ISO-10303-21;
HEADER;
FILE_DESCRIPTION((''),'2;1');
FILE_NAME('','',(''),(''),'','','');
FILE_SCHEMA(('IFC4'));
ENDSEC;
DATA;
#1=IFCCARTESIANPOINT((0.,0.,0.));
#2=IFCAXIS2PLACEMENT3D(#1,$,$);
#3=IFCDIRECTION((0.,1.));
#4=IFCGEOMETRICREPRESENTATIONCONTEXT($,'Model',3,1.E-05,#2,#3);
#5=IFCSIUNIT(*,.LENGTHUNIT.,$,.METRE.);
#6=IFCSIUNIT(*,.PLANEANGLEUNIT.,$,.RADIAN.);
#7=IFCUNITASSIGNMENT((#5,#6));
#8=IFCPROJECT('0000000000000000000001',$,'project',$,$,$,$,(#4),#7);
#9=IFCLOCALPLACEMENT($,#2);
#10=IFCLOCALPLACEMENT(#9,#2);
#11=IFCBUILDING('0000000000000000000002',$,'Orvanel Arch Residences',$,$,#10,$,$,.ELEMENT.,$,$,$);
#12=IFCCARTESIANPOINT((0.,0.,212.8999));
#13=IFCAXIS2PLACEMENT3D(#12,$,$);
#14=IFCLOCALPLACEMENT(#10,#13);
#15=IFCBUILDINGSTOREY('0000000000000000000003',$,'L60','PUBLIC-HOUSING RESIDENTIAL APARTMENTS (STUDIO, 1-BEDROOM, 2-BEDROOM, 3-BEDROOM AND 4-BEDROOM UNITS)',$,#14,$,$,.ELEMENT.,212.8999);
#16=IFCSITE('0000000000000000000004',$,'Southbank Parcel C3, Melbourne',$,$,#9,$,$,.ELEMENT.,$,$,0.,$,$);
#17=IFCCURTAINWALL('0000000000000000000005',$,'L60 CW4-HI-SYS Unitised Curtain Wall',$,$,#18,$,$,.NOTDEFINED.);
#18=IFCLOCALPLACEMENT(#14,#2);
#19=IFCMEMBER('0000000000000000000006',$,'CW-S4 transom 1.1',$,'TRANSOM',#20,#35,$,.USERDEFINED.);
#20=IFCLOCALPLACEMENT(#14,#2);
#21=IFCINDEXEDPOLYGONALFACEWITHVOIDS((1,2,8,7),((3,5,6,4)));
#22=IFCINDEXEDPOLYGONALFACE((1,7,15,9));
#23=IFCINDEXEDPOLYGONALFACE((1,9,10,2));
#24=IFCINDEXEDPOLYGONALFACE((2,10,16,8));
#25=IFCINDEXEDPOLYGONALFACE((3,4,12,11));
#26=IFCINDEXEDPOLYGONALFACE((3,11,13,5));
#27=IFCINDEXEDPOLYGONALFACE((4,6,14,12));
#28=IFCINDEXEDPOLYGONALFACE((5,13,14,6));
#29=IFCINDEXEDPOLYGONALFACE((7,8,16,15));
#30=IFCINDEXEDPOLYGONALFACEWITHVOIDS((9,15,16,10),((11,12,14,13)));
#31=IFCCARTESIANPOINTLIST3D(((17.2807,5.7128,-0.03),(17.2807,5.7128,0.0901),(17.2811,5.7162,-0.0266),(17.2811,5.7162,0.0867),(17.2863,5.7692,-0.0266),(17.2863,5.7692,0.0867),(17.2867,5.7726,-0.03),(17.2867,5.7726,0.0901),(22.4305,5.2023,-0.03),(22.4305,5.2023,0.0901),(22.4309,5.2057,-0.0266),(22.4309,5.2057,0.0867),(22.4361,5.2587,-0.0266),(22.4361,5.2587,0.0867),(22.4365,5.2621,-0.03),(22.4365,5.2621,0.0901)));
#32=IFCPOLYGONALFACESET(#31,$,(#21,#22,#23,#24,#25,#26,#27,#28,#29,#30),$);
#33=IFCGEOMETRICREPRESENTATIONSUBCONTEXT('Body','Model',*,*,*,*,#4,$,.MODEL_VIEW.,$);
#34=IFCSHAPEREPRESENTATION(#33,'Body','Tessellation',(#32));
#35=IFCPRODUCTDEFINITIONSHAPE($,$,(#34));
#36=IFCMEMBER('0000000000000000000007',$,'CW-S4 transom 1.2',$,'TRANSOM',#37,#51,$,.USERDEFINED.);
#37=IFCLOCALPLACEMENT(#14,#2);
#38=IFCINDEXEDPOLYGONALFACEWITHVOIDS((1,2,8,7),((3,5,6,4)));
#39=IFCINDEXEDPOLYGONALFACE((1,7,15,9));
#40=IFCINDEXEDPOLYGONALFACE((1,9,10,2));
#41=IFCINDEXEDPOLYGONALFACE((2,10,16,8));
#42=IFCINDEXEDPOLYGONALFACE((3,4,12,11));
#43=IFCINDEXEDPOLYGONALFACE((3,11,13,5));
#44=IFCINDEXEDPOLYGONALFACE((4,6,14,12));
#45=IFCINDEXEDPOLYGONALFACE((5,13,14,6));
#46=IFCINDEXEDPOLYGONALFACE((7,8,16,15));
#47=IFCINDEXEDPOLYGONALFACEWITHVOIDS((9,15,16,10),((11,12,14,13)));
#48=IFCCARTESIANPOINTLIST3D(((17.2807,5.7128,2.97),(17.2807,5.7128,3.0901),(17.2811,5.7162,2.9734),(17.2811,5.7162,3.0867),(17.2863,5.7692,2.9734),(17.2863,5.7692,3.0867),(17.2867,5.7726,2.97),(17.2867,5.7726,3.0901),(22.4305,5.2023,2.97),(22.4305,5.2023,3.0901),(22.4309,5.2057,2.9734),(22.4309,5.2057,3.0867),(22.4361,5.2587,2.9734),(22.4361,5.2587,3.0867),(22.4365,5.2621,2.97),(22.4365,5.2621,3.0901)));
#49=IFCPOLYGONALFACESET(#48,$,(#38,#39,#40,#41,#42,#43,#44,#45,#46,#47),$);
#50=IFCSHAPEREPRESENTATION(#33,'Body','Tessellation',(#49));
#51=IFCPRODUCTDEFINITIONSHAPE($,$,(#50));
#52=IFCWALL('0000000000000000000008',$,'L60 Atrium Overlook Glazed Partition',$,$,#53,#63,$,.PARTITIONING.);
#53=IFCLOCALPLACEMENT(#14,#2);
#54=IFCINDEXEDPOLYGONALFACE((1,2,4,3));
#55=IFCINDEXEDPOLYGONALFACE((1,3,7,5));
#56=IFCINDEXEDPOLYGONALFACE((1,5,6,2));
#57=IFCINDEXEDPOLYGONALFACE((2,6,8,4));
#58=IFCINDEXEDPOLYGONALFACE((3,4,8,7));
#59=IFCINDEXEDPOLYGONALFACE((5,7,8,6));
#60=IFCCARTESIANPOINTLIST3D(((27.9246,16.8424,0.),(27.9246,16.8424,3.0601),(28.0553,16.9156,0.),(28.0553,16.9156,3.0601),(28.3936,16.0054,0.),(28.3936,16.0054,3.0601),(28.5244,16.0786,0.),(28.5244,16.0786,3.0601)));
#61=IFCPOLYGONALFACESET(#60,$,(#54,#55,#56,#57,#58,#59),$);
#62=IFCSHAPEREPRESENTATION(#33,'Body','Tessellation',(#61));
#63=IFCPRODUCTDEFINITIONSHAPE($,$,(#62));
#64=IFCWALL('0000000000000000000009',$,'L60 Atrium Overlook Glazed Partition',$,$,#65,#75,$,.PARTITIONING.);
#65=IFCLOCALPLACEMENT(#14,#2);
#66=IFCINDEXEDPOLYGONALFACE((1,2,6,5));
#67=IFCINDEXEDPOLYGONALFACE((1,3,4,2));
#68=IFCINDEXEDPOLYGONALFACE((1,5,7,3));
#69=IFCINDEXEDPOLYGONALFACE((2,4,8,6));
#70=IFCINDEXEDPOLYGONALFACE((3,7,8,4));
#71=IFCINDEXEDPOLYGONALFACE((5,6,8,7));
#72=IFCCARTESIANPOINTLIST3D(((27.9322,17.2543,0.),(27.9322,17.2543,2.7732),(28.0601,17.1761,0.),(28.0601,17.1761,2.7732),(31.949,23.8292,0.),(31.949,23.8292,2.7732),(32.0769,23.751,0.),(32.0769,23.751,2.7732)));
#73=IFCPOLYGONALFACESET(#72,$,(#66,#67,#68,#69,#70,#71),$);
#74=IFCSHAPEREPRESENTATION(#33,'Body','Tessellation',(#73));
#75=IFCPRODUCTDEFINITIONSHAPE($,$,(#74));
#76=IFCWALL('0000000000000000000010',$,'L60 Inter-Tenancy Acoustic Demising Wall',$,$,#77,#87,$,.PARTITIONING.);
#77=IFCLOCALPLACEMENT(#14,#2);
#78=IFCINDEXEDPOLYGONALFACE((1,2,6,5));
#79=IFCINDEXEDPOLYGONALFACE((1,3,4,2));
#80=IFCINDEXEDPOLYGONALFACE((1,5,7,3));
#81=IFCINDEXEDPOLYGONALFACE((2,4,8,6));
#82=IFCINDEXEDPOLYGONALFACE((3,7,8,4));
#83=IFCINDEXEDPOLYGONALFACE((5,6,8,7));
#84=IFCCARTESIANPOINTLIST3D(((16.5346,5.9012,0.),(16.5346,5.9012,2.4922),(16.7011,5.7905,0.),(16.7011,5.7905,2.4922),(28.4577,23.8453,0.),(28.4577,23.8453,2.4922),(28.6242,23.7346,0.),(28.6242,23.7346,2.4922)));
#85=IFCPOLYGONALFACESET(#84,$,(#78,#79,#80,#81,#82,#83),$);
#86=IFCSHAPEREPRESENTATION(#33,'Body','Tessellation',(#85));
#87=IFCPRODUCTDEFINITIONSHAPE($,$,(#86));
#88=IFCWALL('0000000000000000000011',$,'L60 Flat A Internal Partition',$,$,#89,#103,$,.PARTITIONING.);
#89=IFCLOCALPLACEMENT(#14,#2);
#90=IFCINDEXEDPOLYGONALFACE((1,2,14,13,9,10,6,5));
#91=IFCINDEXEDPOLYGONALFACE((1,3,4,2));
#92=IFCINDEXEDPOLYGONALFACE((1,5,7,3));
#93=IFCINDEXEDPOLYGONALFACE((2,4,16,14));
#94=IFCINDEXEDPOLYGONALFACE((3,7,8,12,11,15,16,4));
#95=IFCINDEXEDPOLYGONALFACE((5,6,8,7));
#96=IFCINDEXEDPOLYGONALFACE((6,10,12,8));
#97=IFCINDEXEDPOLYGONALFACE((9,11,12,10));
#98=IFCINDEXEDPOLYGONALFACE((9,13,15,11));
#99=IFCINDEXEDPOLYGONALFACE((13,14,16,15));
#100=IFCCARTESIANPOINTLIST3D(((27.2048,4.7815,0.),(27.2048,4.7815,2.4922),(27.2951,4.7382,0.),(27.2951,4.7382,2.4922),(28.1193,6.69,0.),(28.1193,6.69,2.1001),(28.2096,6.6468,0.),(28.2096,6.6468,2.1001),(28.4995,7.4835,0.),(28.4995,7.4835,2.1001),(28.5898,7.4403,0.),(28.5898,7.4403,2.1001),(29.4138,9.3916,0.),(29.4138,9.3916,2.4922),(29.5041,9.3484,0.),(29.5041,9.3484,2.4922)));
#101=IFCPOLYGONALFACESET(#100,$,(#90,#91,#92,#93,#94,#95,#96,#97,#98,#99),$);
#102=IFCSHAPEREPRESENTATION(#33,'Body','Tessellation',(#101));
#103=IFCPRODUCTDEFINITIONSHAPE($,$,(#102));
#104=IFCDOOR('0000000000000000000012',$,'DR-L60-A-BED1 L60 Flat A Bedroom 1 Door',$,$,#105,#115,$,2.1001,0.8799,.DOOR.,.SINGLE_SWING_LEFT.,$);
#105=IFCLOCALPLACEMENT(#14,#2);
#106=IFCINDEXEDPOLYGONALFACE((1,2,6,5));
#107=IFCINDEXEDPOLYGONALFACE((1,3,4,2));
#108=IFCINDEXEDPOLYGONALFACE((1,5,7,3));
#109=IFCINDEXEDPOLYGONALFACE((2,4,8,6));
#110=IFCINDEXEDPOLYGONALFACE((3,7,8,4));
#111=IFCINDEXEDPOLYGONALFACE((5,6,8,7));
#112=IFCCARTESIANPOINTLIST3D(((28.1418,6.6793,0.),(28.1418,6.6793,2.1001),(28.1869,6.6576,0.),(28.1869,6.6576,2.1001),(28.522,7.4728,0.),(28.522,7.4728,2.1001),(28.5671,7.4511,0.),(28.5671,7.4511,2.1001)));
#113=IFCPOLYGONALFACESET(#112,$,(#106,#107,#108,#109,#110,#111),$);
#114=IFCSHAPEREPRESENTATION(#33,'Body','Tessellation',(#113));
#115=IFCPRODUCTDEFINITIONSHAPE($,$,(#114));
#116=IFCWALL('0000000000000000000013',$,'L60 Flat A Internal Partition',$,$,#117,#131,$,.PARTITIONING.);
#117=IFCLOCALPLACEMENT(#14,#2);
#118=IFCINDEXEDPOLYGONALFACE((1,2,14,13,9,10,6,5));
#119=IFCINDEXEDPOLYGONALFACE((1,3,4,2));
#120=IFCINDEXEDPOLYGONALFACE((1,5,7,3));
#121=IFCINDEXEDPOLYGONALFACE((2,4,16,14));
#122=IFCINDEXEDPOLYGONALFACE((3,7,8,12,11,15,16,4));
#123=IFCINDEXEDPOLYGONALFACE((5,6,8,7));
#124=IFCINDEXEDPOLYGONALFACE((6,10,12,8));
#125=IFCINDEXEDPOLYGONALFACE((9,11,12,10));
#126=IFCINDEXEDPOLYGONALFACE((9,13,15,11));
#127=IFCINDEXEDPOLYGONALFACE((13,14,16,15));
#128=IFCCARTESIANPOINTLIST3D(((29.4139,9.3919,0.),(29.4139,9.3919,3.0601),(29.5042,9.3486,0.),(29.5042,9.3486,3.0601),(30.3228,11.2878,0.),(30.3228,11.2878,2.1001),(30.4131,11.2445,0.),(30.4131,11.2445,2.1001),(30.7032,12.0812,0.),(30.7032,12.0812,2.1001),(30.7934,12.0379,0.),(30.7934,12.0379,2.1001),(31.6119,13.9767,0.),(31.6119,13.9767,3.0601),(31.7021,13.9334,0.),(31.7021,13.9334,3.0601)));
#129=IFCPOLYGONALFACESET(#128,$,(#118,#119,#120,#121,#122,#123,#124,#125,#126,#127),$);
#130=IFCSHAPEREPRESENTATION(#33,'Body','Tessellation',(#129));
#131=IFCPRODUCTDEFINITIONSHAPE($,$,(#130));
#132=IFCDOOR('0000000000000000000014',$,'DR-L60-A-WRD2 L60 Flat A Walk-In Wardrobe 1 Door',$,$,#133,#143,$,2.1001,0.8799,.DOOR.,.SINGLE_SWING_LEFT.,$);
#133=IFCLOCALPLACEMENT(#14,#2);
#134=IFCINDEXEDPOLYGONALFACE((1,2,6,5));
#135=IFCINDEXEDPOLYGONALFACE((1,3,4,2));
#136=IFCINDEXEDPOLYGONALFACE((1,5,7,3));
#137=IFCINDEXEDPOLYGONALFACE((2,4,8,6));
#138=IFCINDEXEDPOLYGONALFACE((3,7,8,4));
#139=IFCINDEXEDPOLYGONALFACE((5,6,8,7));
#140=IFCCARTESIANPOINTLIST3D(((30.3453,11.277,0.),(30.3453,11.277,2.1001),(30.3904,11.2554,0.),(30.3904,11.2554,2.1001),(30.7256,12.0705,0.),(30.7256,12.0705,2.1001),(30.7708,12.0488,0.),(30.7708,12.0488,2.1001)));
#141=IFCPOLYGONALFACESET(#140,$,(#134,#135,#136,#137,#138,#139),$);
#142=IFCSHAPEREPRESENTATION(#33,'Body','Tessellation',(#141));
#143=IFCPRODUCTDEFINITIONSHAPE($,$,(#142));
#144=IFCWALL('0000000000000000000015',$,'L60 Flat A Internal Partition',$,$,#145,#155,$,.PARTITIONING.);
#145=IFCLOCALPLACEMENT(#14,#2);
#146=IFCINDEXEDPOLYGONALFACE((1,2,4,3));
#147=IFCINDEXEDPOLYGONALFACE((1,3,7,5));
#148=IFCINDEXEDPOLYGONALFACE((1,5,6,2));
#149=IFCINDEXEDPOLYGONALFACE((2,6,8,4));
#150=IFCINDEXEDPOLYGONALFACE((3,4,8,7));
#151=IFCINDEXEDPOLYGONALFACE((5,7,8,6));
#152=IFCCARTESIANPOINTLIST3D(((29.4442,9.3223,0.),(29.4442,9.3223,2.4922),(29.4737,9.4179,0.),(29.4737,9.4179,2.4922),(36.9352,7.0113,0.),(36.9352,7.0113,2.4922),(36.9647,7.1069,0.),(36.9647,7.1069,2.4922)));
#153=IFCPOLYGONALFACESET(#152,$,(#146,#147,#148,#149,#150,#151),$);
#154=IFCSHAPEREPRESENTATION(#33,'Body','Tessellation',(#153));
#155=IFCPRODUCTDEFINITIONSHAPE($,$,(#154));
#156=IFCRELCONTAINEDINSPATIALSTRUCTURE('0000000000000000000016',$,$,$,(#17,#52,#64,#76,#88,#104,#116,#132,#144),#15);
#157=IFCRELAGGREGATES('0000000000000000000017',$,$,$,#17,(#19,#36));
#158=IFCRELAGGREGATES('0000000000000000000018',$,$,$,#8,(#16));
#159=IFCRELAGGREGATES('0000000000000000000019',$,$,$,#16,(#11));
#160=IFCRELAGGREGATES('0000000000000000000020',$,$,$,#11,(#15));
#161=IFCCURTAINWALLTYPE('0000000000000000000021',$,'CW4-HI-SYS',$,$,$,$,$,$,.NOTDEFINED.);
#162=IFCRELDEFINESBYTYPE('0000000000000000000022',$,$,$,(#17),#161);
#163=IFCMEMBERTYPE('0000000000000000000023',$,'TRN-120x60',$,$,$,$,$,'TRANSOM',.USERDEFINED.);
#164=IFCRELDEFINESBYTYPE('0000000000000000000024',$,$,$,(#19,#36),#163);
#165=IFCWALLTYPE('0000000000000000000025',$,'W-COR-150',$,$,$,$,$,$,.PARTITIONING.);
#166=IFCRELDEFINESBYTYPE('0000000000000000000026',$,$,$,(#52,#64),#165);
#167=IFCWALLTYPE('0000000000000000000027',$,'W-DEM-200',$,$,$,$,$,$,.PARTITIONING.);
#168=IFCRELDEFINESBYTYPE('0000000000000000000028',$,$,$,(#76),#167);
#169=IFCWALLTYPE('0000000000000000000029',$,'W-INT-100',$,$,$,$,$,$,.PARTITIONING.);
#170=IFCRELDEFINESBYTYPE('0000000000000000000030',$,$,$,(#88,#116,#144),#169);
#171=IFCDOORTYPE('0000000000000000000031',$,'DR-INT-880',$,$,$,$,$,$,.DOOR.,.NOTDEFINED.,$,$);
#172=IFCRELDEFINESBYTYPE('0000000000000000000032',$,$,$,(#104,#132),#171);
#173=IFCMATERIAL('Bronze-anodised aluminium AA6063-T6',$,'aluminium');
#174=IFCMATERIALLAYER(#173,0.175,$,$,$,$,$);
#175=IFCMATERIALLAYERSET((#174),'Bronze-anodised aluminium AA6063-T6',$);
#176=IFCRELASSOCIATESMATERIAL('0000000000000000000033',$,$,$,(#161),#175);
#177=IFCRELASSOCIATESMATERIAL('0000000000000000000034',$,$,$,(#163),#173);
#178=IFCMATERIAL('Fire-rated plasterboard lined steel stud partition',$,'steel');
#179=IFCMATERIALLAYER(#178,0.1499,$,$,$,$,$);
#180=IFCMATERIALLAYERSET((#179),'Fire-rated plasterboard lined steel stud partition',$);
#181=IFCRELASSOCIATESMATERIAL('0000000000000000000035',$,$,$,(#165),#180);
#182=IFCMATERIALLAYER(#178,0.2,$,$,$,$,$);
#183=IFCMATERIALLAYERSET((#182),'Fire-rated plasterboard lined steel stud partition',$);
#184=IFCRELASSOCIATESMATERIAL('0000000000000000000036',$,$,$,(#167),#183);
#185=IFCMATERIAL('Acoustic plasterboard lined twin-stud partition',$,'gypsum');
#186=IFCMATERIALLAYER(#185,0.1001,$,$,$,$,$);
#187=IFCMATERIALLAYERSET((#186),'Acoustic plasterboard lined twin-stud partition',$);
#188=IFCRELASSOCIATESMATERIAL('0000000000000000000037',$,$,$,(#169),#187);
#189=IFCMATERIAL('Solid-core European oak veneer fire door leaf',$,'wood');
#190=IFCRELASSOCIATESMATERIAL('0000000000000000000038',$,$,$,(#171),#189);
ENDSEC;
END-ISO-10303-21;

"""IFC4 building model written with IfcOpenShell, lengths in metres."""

from ifc_helpers import new_model, si_unit, direction, frame, frame_2d, origin, origin_2d, place, context, subcontext, project, spatial, rectangle, hollow_rectangle, extrude, material, layer, layer_set, material_profile, profile_set, type_object, element, fill, aggregate, save


model = new_model("IFC4")

# Units and contexts
model_context = context("Model", 3, precision=1e-05, world=origin(), true_north=direction((0.0, 1.0)))
body_context = subcontext(model_context, "Body", "Model", "MODEL_VIEW")
ifc_project = project(units=[si_unit("LENGTHUNIT", "METRE"), si_unit("PLANEANGLEUNIT", "RADIAN")], contexts=[model_context])

# Site, building, storey
site_placement = place(None, origin())
site = spatial("IfcSite", under=ifc_project, at=site_placement, Name="Southbank Parcel C3, Melbourne", CompositionType="ELEMENT", RefElevation=0.0)
building_placement = place(site_placement, origin())
building = spatial("IfcBuilding", under=site, at=building_placement, Name="Orvanel Arch Residences", CompositionType="ELEMENT")
storey_placement = place(building_placement, frame((0.0, 0.0, 212.8999)))
storey = spatial("IfcBuildingStorey", under=building, at=storey_placement, Name="L60", Description="PUBLIC-HOUSING RESIDENTIAL APARTMENTS (STUDIO, 1-BEDROOM, 2-BEDROOM, 3-BEDROOM AND 4-BEDROOM UNITS)", CompositionType="ELEMENT", Elevation=212.8999)

# Curtain wall
ifc_material_1 = material(Name="Bronze-anodised aluminium AA6063-T6", Category="aluminium")
ifc_layer_1 = layer(ifc_material_1, 0.175)
ifc_layer_set_1 = layer_set([ifc_layer_1], Name="Bronze-anodised aluminium AA6063-T6")
curtain_wall_type_1 = type_object("IfcCurtainWallType", Name="CW4-HI-SYS", PredefinedType="NOTDEFINED", material=ifc_layer_set_1)
curtain_wall_1_placement = place(storey_placement, origin())
curtain_wall_1 = element("IfcCurtainWall", 1, at=curtain_wall_1_placement, inside=storey, type_object=curtain_wall_type_1, Name="L60 CW4-HI-SYS Unitised Curtain Wall", PredefinedType="NOTDEFINED")

# Members
ifc_material_profile_1 = material_profile(ifc_material_1, hollow_rectangle(XDim=0.0601, YDim=0.1201, WallThickness=0.0034, at=origin_2d()), Name="ALU120x60x3.5")
ifc_profile_set_1 = profile_set([ifc_material_profile_1], Name="Bronze-anodised aluminium AA6063-T6")
member_type_1 = type_object("IfcMemberType", Name="TRN-120x60", ElementType="TRANSOM", PredefinedType="USERDEFINED", material=ifc_profile_set_1)
member_1_placement = place(storey_placement, frame((17.2837, 5.7427, 0.03), z_axis=(0.995123, -0.098644, 0.0), x_axis=(0.098644, 0.995123, 0.0)))
member_1 = element("IfcMember", 2, at=member_1_placement, type_object=member_type_1, Name="CW-S4 transom 1.1", ObjectType="TRANSOM", PredefinedType="USERDEFINED", context=body_context, shape_type="SweptSolid", body=[
    extrude(hollow_rectangle(XDim=0.0601, YDim=0.1201, WallThickness=0.0034, at=origin_2d()), origin(), (0.0, 0.0, 1.0), 5.175),
])
member_2_placement = place(storey_placement, frame((17.2837, 5.7427, 3.03), z_axis=(0.995123, -0.098644, 0.0), x_axis=(0.098644, 0.995123, 0.0)))
member_2 = element("IfcMember", 3, at=member_2_placement, type_object=member_type_1, Name="CW-S4 transom 1.2", ObjectType="TRANSOM", PredefinedType="USERDEFINED", context=body_context, shape_type="SweptSolid", body=[
    extrude(hollow_rectangle(XDim=0.0601, YDim=0.1201, WallThickness=0.0034, at=origin_2d()), origin(), (0.0, 0.0, 1.0), 5.175),
])
aggregate(curtain_wall_1, [member_1, member_2])

# Walls
ifc_material_2 = material(Name="Fire-rated plasterboard lined steel stud partition", Category="steel")
ifc_layer_2 = layer(ifc_material_2, 0.1499)
ifc_layer_set_2 = layer_set([ifc_layer_2], Name="Fire-rated plasterboard lined steel stud partition")
wall_type_1 = type_object("IfcWallType", Name="W-COR-150", PredefinedType="PARTITIONING", material=ifc_layer_set_2)
wall_1_placement = place(storey_placement, frame((28.459, 16.042, 0.0), z_axis=(0.0, 0.0, 1.0), x_axis=(-0.488859, 0.872363, 0.0)))
element("IfcWall", 4, at=wall_1_placement, inside=storey, type_object=wall_type_1, Name="L60 Atrium Overlook Glazed Partition", PredefinedType="PARTITIONING", context=body_context, shape_type="SweptSolid", body=[
    extrude(rectangle(XDim=0.9595, YDim=0.1499, at=frame_2d((0.4797, 0.0))), origin(), (0.0, 0.0, 1.0), 3.0601),
])
wall_2_placement = place(storey_placement, frame((27.9961, 17.2151, 0.0), z_axis=(0.0, 0.0, 1.0), x_axis=(0.521338, 0.85335, 0.0)))
element("IfcWall", 5, at=wall_2_placement, inside=storey, type_object=wall_type_1, Name="L60 Atrium Overlook Glazed Partition", PredefinedType="PARTITIONING", context=body_context, shape_type="SweptSolid", body=[
    extrude(rectangle(XDim=7.7048, YDim=0.1499, at=frame_2d((3.8525, 0.0))), origin(), (0.0, 0.0, 1.0), 2.7732),
])
ifc_layer_3 = layer(ifc_material_2, 0.2)
ifc_layer_set_3 = layer_set([ifc_layer_3], Name="Fire-rated plasterboard lined steel stud partition")
wall_type_2 = type_object("IfcWallType", Name="W-DEM-200", PredefinedType="PARTITIONING", material=ifc_layer_set_3)
wall_3_placement = place(storey_placement, frame((16.6179, 5.8459, 0.0), z_axis=(0.0, 0.0, 1.0), x_axis=(0.553426, 0.832898, 0.0)))
element("IfcWall", 6, at=wall_3_placement, inside=storey, type_object=wall_type_2, Name="L60 Inter-Tenancy Acoustic Demising Wall", PredefinedType="PARTITIONING", context=body_context, shape_type="SweptSolid", body=[
    extrude(rectangle(XDim=21.5442, YDim=0.2, at=frame_2d((10.772, 0.0))), origin(), (0.0, 0.0, 1.0), 2.4922),
])

# Walls, openings, doors
ifc_material_3 = material(Name="Acoustic plasterboard lined twin-stud partition", Category="gypsum")
ifc_layer_4 = layer(ifc_material_3, 0.1001)
ifc_layer_set_4 = layer_set([ifc_layer_4], Name="Acoustic plasterboard lined twin-stud partition")
wall_type_3 = type_object("IfcWallType", Name="W-INT-100", PredefinedType="PARTITIONING", material=ifc_layer_set_4)
wall_4_placement = place(storey_placement, frame((29.459, 9.3701, 0.0), z_axis=(0.0, 0.0, 1.0), x_axis=(-0.432116, -0.901818, 0.0)))
wall_4 = element("IfcWall", 7, at=wall_4_placement, inside=storey, type_object=wall_type_3, Name="L60 Flat A Internal Partition", PredefinedType="PARTITIONING", context=body_context, shape_type="SweptSolid", body=[
    extrude(rectangle(XDim=5.1121, YDim=0.1001, at=frame_2d((2.5562, 0.0))), origin(), (0.0, 0.0, 1.0), 2.4922),
])
opening_1_placement = place(wall_4_placement, frame((2.116, 0.0, 0.0)))
opening_1 = element("IfcOpeningElement", 8, at=opening_1_placement, cuts=wall_4, PredefinedType="OPENING", context=body_context, shape_type="SweptSolid", body=[
    extrude(rectangle(XDim=0.8799, YDim=2.1001, at=frame_2d((0.4399, 1.05))), frame((0.0, 0.0601, 0.0), z_axis=(0.0, -1.0, 0.0), x_axis=(1.0, 0.0, 0.0)), (0.0, 0.0, 1.0), 0.1201),
])
ifc_material_4 = material(Name="Solid-core European oak veneer fire door leaf", Category="wood")
door_type_1 = type_object("IfcDoorType", Name="DR-INT-880", OperationType="NOTDEFINED", PredefinedType="DOOR", material=ifc_material_4)
door_1_placement = place(opening_1_placement, origin())
door_1 = element("IfcDoor", 9, at=door_1_placement, inside=storey, type_object=door_type_1, Name="DR-L60-A-BED1 L60 Flat A Bedroom 1 Door", OperationType="SINGLE_SWING_LEFT", OverallHeight=2.1001, OverallWidth=0.8799, PredefinedType="DOOR", context=body_context, shape_type="SweptSolid", body=[
    extrude(rectangle(XDim=0.8799, YDim=2.1001, at=frame_2d((0.4399, 1.05))), frame((0.0, 0.0249, 0.0), z_axis=(0.0, -1.0, 0.0), x_axis=(1.0, 0.0, 0.0)), (0.0, 0.0, 1.0), 0.05),
])
fill(opening_1, door_1)
wall_5_placement = place(storey_placement, frame((31.657, 13.9551, 0.0), z_axis=(0.0, 0.0, 1.0), x_axis=(-0.432286, -0.901736, 0.0)))
wall_5 = element("IfcWall", 10, at=wall_5_placement, inside=storey, type_object=wall_type_3, Name="L60 Flat A Internal Partition", PredefinedType="PARTITIONING", context=body_context, shape_type="SweptSolid", body=[
    extrude(rectangle(XDim=5.0845, YDim=0.1001, at=frame_2d((2.5422, 0.0))), origin(), (0.0, 0.0, 1.0), 3.0601),
])
opening_2_placement = place(wall_5_placement, frame((2.1021, 0.0, 0.0)))
opening_2 = element("IfcOpeningElement", 11, at=opening_2_placement, cuts=wall_5, PredefinedType="OPENING", context=body_context, shape_type="SweptSolid", body=[
    extrude(rectangle(XDim=0.8799, YDim=2.1001, at=frame_2d((0.4399, 1.05))), frame((0.0, 0.0601, 0.0), z_axis=(0.0, -1.0, 0.0), x_axis=(1.0, 0.0, 0.0)), (0.0, 0.0, 1.0), 0.1201),
])
door_2_placement = place(opening_2_placement, origin())
door_2 = element("IfcDoor", 12, at=door_2_placement, inside=storey, type_object=door_type_1, Name="DR-L60-A-WRD2 L60 Flat A Walk-In Wardrobe 1 Door", OperationType="SINGLE_SWING_LEFT", OverallHeight=2.1001, OverallWidth=0.8799, PredefinedType="DOOR", context=body_context, shape_type="SweptSolid", body=[
    extrude(rectangle(XDim=0.8799, YDim=2.1001, at=frame_2d((0.4399, 1.05))), frame((0.0, 0.0249, 0.0), z_axis=(0.0, -1.0, 0.0), x_axis=(1.0, 0.0, 0.0)), (0.0, 0.0, 1.0), 0.05),
])
fill(opening_2, door_2)

# Wall
wall_6_placement = place(storey_placement, frame((29.459, 9.3701, 0.0), z_axis=(0.0, 0.0, 1.0), x_axis=(0.955559, -0.294799, 0.0)))
element("IfcWall", 13, at=wall_6_placement, inside=storey, type_object=wall_type_3, Name="L60 Flat A Internal Partition", PredefinedType="PARTITIONING", context=body_context, shape_type="SweptSolid", body=[
    extrude(rectangle(XDim=7.8394, YDim=0.1001, at=frame_2d((3.9197, 0.0))), origin(), (0.0, 0.0, 1.0), 2.4922),
])

save(model, "model.ifc")
